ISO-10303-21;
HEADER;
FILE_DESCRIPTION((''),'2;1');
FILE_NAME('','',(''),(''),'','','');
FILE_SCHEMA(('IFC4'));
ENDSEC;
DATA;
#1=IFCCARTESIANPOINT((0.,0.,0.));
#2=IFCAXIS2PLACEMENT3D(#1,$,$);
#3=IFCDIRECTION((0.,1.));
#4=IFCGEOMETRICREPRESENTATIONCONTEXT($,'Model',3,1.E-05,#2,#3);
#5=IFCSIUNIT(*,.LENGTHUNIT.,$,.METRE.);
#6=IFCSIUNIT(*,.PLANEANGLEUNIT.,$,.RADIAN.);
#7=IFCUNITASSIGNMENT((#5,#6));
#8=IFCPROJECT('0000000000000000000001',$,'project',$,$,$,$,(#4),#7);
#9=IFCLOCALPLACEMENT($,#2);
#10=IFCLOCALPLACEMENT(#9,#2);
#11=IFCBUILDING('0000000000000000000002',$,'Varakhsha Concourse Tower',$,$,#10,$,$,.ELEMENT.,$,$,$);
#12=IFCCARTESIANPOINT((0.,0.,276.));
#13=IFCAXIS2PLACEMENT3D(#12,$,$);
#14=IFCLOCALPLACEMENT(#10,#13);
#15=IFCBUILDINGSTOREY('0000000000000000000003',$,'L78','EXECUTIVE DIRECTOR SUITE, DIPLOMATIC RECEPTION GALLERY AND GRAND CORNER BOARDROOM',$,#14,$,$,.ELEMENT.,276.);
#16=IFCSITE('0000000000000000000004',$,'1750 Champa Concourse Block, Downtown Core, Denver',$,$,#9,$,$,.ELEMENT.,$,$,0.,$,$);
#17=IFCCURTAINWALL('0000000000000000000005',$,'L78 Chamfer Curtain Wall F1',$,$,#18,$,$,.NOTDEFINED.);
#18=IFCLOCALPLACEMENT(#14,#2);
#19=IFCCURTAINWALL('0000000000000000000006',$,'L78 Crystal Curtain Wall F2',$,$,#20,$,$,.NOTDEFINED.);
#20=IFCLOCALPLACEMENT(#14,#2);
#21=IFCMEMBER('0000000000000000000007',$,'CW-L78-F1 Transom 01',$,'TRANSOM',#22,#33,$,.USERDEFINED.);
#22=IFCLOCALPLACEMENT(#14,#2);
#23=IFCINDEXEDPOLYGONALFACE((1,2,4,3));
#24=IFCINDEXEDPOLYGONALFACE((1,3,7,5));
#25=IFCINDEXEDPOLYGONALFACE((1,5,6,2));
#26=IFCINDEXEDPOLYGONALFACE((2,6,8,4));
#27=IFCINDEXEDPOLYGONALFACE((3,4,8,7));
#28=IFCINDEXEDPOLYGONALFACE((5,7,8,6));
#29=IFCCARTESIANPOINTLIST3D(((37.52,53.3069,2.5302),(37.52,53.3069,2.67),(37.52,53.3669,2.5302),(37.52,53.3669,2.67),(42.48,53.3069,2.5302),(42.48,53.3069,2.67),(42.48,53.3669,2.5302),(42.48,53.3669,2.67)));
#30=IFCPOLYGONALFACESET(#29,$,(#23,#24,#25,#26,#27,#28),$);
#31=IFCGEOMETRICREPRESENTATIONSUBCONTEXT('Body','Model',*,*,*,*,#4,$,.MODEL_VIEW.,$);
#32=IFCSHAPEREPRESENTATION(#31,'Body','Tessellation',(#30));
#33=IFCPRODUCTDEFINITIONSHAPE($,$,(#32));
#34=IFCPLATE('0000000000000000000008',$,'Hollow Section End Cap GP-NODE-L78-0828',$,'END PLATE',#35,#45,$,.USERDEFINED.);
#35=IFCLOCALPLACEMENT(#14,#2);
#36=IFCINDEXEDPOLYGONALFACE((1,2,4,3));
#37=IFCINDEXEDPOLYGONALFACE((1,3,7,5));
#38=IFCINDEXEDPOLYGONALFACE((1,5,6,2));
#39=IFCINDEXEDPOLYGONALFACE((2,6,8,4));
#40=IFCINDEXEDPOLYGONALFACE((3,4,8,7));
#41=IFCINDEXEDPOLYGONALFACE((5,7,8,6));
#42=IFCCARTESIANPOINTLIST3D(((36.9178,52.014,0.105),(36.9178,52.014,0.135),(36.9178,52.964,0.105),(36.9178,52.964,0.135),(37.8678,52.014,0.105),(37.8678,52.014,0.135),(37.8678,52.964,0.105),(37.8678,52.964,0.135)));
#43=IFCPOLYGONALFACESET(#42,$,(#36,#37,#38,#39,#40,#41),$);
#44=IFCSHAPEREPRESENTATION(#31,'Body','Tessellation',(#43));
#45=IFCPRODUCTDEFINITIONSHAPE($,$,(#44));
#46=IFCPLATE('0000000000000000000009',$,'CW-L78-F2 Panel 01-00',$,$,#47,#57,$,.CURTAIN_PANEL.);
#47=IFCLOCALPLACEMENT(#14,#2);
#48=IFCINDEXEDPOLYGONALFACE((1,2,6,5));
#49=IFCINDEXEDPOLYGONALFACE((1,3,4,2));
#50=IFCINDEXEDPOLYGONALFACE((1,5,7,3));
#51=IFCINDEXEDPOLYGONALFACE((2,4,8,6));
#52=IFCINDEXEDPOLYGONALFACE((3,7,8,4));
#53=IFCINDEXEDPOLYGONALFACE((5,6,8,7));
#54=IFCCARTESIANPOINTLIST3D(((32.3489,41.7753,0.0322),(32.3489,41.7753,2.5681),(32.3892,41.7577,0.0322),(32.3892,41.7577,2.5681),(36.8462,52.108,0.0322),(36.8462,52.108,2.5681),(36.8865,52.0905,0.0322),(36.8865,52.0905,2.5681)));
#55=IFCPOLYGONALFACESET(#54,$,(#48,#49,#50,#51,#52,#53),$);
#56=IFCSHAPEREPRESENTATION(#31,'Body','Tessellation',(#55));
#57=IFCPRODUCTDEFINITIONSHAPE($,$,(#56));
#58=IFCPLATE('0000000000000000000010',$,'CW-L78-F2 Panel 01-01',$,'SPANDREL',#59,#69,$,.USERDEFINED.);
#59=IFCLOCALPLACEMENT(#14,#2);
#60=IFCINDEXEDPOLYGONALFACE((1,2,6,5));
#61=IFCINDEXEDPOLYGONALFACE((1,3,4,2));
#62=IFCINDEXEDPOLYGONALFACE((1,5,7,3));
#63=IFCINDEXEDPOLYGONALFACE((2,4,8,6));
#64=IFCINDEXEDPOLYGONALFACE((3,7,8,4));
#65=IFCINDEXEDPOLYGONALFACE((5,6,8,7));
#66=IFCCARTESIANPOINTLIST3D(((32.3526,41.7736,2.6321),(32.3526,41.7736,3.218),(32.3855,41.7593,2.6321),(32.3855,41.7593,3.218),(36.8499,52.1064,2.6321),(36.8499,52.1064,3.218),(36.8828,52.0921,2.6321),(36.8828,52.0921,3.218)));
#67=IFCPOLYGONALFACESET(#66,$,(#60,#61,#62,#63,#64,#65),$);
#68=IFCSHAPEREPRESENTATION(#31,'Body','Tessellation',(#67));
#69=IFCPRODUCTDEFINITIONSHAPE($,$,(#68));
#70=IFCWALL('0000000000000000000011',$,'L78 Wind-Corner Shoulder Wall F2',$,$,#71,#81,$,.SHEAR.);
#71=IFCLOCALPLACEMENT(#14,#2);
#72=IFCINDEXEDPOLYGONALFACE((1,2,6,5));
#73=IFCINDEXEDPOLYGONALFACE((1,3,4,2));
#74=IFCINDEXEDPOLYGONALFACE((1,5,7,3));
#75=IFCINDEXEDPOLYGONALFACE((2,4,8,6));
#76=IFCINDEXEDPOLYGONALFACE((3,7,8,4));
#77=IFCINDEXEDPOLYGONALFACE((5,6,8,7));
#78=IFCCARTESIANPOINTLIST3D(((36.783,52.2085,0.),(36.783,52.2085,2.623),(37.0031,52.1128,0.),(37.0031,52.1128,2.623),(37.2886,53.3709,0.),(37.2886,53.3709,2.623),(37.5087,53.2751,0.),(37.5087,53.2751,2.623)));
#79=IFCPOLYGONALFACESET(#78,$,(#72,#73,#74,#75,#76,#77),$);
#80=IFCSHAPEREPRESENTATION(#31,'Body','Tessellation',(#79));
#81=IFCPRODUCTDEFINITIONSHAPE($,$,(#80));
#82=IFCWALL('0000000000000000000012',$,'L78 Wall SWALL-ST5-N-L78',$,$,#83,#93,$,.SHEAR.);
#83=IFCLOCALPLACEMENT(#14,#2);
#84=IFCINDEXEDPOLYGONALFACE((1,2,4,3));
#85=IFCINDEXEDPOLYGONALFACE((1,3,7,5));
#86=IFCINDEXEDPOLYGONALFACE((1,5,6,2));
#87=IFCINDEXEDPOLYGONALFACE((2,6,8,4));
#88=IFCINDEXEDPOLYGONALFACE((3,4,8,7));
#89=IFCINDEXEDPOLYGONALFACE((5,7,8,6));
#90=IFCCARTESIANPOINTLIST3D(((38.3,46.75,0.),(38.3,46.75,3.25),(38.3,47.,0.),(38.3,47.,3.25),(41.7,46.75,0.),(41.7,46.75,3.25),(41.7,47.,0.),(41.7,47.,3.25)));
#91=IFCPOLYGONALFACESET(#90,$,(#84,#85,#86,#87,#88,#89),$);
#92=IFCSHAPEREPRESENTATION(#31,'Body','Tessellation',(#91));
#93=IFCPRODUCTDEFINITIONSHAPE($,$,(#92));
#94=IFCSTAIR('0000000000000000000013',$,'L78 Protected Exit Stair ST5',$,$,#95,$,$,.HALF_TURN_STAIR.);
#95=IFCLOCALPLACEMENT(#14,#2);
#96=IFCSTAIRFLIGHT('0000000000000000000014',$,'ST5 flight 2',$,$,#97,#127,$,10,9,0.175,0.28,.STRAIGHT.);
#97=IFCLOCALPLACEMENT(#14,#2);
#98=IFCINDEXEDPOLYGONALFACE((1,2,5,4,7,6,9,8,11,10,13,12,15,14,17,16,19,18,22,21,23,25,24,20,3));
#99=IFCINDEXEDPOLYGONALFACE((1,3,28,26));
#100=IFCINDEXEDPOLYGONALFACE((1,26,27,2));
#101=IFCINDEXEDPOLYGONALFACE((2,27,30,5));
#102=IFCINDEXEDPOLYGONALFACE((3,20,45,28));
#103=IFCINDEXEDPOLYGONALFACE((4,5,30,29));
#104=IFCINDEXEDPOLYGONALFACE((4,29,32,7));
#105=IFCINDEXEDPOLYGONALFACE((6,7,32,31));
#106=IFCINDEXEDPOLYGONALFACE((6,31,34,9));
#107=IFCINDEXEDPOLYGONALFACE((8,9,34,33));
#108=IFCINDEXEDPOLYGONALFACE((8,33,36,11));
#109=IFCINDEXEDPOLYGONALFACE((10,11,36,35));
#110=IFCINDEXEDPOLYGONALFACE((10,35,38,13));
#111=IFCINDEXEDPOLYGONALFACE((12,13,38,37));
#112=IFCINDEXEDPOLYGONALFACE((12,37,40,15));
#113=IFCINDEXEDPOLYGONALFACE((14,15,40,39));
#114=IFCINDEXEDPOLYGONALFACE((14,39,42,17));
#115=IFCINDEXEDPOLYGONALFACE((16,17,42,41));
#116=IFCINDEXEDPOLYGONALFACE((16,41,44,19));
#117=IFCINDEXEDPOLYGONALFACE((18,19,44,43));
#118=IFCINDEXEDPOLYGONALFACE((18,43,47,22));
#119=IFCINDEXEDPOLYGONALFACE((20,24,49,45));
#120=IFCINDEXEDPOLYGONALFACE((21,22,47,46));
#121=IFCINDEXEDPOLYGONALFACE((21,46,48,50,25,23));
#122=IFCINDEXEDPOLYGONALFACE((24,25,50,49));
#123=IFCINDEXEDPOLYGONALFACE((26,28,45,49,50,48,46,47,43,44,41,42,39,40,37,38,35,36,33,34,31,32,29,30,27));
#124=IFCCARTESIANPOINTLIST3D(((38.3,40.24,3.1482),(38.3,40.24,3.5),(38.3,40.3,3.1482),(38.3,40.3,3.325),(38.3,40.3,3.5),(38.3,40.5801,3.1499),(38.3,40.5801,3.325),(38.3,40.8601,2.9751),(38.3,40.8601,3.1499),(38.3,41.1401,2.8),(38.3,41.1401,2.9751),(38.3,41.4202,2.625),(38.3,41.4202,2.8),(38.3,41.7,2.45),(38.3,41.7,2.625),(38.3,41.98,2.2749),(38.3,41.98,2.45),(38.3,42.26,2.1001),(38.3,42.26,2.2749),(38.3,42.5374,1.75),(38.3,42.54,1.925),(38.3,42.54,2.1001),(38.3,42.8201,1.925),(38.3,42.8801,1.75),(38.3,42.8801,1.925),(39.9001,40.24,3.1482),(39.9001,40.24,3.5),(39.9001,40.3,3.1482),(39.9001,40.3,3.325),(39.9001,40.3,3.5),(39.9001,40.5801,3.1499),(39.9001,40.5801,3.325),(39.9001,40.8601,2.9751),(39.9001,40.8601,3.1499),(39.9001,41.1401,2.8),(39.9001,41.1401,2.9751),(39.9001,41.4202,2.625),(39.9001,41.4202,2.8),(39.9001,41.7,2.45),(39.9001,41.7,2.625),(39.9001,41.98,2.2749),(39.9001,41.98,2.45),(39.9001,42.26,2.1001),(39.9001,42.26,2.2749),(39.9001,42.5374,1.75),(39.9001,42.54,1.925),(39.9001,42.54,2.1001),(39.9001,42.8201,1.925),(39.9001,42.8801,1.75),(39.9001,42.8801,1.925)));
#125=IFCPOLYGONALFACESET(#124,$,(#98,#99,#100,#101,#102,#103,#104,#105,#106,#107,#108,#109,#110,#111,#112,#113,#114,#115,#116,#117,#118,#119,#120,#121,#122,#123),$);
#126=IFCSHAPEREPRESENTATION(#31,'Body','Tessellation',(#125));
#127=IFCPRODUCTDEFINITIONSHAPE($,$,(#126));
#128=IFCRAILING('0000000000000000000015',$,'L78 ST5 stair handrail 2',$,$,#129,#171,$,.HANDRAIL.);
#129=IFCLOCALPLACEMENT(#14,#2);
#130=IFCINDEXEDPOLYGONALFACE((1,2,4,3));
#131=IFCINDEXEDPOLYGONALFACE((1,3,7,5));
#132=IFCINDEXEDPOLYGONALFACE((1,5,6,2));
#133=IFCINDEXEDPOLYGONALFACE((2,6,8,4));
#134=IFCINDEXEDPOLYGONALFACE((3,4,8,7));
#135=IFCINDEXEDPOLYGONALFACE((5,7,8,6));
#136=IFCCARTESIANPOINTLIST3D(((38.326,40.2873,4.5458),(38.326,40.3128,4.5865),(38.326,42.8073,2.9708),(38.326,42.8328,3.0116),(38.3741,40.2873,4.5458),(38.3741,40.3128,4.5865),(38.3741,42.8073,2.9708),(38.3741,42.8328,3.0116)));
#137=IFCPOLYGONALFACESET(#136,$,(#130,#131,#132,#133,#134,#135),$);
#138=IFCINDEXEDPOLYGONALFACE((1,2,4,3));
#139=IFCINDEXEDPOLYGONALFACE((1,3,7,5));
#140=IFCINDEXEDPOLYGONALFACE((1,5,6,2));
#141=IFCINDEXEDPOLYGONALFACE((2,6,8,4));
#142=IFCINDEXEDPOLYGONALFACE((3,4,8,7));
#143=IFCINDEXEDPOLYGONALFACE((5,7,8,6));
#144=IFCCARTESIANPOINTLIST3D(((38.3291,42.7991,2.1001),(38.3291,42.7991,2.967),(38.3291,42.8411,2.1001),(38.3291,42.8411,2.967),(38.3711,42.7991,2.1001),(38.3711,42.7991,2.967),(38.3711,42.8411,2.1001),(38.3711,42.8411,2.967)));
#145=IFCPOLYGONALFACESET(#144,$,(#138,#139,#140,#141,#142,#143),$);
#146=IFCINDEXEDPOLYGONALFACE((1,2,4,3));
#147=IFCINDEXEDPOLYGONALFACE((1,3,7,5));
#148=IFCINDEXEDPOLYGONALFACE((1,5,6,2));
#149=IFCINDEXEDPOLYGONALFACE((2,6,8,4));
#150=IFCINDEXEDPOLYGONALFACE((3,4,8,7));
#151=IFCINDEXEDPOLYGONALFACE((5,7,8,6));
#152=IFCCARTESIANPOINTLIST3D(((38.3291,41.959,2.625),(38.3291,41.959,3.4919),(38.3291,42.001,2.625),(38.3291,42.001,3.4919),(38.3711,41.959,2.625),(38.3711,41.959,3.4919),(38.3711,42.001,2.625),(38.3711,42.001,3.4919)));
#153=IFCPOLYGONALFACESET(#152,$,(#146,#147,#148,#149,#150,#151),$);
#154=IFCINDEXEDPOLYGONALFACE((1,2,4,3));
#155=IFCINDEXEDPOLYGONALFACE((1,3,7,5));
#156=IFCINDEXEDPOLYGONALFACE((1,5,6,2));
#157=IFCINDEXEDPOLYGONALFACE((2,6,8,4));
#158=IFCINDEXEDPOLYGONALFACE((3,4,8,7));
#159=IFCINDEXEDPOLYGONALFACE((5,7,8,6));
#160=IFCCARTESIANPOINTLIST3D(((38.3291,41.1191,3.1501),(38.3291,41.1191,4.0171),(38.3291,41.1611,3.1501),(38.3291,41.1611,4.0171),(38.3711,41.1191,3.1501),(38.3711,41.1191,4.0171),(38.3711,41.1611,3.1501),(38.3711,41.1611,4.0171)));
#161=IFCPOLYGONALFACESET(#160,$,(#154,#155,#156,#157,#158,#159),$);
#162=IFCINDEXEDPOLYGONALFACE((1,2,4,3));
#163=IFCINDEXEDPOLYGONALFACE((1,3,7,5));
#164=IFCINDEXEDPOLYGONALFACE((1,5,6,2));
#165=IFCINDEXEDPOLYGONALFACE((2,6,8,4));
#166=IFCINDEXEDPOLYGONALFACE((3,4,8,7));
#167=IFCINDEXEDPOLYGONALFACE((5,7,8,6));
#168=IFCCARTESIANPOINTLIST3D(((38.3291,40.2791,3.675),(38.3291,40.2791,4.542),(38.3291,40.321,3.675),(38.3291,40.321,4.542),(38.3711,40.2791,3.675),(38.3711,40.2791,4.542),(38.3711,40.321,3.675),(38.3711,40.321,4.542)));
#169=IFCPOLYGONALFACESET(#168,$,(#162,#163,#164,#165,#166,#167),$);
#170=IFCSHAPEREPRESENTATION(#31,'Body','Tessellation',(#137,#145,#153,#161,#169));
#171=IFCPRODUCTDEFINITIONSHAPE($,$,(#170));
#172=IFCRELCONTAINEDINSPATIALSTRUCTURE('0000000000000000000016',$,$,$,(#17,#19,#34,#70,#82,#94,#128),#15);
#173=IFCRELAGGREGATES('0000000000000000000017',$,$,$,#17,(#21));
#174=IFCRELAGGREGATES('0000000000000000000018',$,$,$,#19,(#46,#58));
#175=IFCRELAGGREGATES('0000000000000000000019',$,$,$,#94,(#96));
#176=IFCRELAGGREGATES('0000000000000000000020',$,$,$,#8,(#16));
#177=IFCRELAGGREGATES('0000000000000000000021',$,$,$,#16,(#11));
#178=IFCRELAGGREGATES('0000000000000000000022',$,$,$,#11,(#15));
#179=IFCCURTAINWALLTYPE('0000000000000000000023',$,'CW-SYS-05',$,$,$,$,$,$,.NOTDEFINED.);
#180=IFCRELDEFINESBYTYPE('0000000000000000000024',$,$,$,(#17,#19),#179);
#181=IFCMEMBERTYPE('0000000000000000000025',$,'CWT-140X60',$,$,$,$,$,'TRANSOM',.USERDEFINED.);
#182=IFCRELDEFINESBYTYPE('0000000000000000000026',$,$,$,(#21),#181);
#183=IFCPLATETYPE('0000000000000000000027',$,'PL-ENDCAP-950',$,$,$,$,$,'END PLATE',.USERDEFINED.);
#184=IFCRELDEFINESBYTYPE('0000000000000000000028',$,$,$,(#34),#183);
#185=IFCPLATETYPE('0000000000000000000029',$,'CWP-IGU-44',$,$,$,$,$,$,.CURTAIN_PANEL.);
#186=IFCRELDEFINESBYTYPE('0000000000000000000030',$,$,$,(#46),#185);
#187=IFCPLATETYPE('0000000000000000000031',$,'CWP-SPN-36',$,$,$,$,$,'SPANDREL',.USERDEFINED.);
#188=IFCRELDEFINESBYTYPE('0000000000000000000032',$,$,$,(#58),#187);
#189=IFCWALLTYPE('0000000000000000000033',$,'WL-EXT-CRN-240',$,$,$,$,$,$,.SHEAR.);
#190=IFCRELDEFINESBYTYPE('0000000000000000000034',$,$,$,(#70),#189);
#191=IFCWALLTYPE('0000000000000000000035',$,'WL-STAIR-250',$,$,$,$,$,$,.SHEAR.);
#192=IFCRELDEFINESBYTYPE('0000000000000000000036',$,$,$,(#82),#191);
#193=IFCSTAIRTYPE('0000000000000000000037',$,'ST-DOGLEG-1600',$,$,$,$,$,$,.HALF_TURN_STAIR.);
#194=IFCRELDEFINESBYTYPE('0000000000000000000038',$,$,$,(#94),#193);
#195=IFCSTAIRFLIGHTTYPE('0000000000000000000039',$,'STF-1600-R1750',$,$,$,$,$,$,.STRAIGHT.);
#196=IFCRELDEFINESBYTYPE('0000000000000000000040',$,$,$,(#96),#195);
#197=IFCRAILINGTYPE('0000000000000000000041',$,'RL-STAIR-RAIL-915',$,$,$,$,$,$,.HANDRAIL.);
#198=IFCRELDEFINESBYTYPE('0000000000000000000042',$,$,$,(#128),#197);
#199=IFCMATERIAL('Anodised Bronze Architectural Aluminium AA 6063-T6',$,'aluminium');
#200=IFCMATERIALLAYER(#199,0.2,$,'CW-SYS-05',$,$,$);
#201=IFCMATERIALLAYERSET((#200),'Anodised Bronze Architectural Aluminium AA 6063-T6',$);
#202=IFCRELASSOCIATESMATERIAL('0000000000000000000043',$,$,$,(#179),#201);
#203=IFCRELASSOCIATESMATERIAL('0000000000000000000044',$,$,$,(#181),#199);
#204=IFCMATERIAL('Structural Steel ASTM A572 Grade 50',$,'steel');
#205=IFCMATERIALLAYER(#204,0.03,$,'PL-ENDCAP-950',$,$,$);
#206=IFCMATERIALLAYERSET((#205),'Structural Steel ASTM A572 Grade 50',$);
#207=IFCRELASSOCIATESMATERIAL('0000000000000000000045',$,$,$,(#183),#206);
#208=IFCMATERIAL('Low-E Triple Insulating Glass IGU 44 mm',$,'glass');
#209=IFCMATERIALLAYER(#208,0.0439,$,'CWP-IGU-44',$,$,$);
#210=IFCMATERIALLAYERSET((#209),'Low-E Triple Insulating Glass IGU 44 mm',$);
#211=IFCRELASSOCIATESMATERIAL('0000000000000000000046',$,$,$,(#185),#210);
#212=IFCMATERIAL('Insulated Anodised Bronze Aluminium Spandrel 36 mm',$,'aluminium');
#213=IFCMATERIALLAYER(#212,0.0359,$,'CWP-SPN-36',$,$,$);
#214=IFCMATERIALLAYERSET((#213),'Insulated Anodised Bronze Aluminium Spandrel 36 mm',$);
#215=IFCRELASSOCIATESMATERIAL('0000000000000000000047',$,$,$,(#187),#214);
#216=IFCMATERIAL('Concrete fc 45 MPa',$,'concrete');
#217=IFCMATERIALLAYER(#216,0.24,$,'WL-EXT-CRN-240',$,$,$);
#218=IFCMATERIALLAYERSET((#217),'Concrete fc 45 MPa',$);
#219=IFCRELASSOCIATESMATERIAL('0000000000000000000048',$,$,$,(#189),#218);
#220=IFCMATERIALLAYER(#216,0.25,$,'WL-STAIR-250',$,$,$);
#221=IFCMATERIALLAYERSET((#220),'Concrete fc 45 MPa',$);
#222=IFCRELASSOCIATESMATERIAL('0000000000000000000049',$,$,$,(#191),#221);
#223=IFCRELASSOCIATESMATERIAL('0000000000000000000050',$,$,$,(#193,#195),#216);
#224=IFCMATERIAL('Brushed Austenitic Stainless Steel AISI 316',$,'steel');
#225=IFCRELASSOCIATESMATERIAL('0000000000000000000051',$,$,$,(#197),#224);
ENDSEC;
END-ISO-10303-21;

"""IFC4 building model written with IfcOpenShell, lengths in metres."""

from ifc_helpers import new_model, si_unit, direction, frame, frame_2d, origin, origin_2d, place, context, subcontext, project, spatial, polyline, rectangle, outline, extrude, source, transform, mapped, material, layer, layer_set, material_profile, profile_set, type_object, type_shapes, element, aggregate, save


model = new_model("IFC4")

# Units and contexts
model_context = context("Model", 3, precision=1e-05, world=origin(), true_north=direction((0.0, 1.0)))
body_context = subcontext(model_context, "Body", "Model", "MODEL_VIEW")
ifc_project = project(units=[si_unit("LENGTHUNIT", "METRE"), si_unit("PLANEANGLEUNIT", "RADIAN")], contexts=[model_context])

# Site, building, storey
site_placement = place(None, origin())
site = spatial("IfcSite", under=ifc_project, at=site_placement, Name="1750 Champa Concourse Block, Downtown Core, Denver", CompositionType="ELEMENT", RefElevation=0.0)
building_placement = place(site_placement, origin())
building = spatial("IfcBuilding", under=site, at=building_placement, Name="Varakhsha Concourse Tower", CompositionType="ELEMENT")
storey_placement = place(building_placement, frame((0.0, 0.0, 276.0)))
storey = spatial("IfcBuildingStorey", under=building, at=storey_placement, Name="L78", Description="EXECUTIVE DIRECTOR SUITE, DIPLOMATIC RECEPTION GALLERY AND GRAND CORNER BOARDROOM", CompositionType="ELEMENT", Elevation=276.0)

# Shared definitions
ifc_material_1 = material(Name="Structural Steel ASTM A572 Grade 50", Category="steel")

# Curtain wall
ifc_material_2 = material(Name="Anodised Bronze Architectural Aluminium AA 6063-T6", Category="aluminium")
ifc_layer_1 = layer(ifc_material_2, 0.2, Name="CW-SYS-05")
ifc_layer_set_1 = layer_set([ifc_layer_1], Name="Anodised Bronze Architectural Aluminium AA 6063-T6")
curtain_wall_type = type_object("IfcCurtainWallType", Name="CW-SYS-05", PredefinedType="NOTDEFINED", material=ifc_layer_set_1)
curtain_wall_1_placement = place(storey_placement, origin())
curtain_wall_1 = element("IfcCurtainWall", 1, at=curtain_wall_1_placement, inside=storey, type_object=curtain_wall_type, Name="L78 Chamfer Curtain Wall F1", PredefinedType="NOTDEFINED")

# Curtain wall
curtain_wall_2_placement = place(storey_placement, origin())
curtain_wall_2 = element("IfcCurtainWall", 2, at=curtain_wall_2_placement, inside=storey, type_object=curtain_wall_type, Name="L78 Crystal Curtain Wall F2", PredefinedType="NOTDEFINED")

# Member
ifc_material_profile_1 = material_profile(ifc_material_2, rectangle(XDim=0.0601, YDim=0.1399, at=origin_2d()), Name="CWT-140X60")
ifc_profile_set_1 = profile_set([ifc_material_profile_1], Name="Anodised Bronze Architectural Aluminium AA 6063-T6")
member_type_1 = type_object("IfcMemberType", Name="CWT-140X60", ElementType="TRANSOM", PredefinedType="USERDEFINED", material=ifc_profile_set_1)
shared_shape_1 = source(origin(), body_context, "Body", "SweptSolid", [
    extrude(rectangle(XDim=0.0601, YDim=0.1399, at=origin_2d()), origin(), (0.0, 0.0, 1.0), 4.96),
])
type_shapes(member_type_1, [shared_shape_1])
member_1_placement = place(storey_placement, frame((37.52, 53.3369, 2.6001), z_axis=(1.0, 0.0, 0.0), x_axis=(0.0, 1.0, 0.0)))
member_1 = element("IfcMember", 3, at=member_1_placement, type_object=member_type_1, Name="CW-L78-F1 Transom 01", ObjectType="TRANSOM", PredefinedType="USERDEFINED", context=body_context, shape_type="MappedRepresentation", body=[
    mapped(shared_shape_1, transform((0.0, 0.0, 0.0), scale=1.0)),
])
aggregate(curtain_wall_1, [member_1])

# Plates
ifc_layer_2 = layer(ifc_material_1, 0.03, Name="PL-ENDCAP-950")
ifc_layer_set_2 = layer_set([ifc_layer_2], Name="Structural Steel ASTM A572 Grade 50")
plate_type_1 = type_object("IfcPlateType", Name="PL-ENDCAP-950", ElementType="END PLATE", PredefinedType="USERDEFINED", material=ifc_layer_set_2)
shared_shape_2 = source(origin(), body_context, "Body", "SweptSolid", [
    extrude(rectangle(XDim=0.95, YDim=0.95, at=origin_2d()), origin(), (0.0, 0.0, 1.0), 0.03),
])
type_shapes(plate_type_1, [shared_shape_2])
plate_1_placement = place(storey_placement, frame((37.3928, 52.489, 0.105), z_axis=(0.0, 0.0, 1.0), x_axis=(1.0, 0.0, 0.0)))
element("IfcPlate", 4, at=plate_1_placement, inside=storey, type_object=plate_type_1, Name="Hollow Section End Cap GP-NODE-L78-0828", ObjectType="END PLATE", PredefinedType="USERDEFINED", context=body_context, shape_type="MappedRepresentation", body=[
    mapped(shared_shape_2, transform((0.0, 0.0, 0.0), scale=1.0)),
])
ifc_material_3 = material(Name="Low-E Triple Insulating Glass IGU 44 mm", Category="glass")
ifc_layer_3 = layer(ifc_material_3, 0.0439, Name="CWP-IGU-44")
ifc_layer_set_3 = layer_set([ifc_layer_3], Name="Low-E Triple Insulating Glass IGU 44 mm")
plate_type_2 = type_object("IfcPlateType", Name="CWP-IGU-44", PredefinedType="CURTAIN_PANEL", material=ifc_layer_set_3)
shared_shape_3 = source(origin(), body_context, "Body", "SweptSolid", [
    extrude(rectangle(XDim=11.269, YDim=0.0439, at=origin_2d()), origin(), (0.0, 0.0, 1.0), 2.5359),
])
type_shapes(plate_type_2, [shared_shape_3])
plate_2_placement = place(storey_placement, frame((34.6177, 46.9329, 0.0322), z_axis=(0.0, 0.0, 1.0), x_axis=(0.399084, 0.916915, 0.0)))
plate_2 = element("IfcPlate", 5, at=plate_2_placement, type_object=plate_type_2, Name="CW-L78-F2 Panel 01-00", PredefinedType="CURTAIN_PANEL", context=body_context, shape_type="MappedRepresentation", body=[
    mapped(shared_shape_3, transform((0.0, 0.0, 0.0), scale=1.0)),
])
ifc_material_4 = material(Name="Insulated Anodised Bronze Aluminium Spandrel 36 mm", Category="aluminium")
ifc_layer_4 = layer(ifc_material_4, 0.0359, Name="CWP-SPN-36")
ifc_layer_set_4 = layer_set([ifc_layer_4], Name="Insulated Anodised Bronze Aluminium Spandrel 36 mm")
plate_type_3 = type_object("IfcPlateType", Name="CWP-SPN-36", ElementType="SPANDREL", PredefinedType="USERDEFINED", material=ifc_layer_set_4)
shared_shape_4 = source(origin(), body_context, "Body", "SweptSolid", [
    extrude(rectangle(XDim=11.269, YDim=0.0359, at=origin_2d()), origin(), (0.0, 0.0, 1.0), 0.5859),
])
type_shapes(plate_type_3, [shared_shape_4])
plate_3_placement = place(storey_placement, frame((34.6177, 46.9329, 2.6321), z_axis=(0.0, 0.0, 1.0), x_axis=(0.399084, 0.916915, 0.0)))
plate_3 = element("IfcPlate", 6, at=plate_3_placement, type_object=plate_type_3, Name="CW-L78-F2 Panel 01-01", ObjectType="SPANDREL", PredefinedType="USERDEFINED", context=body_context, shape_type="MappedRepresentation", body=[
    mapped(shared_shape_4, transform((0.0, 0.0, 0.0), scale=1.0)),
])
aggregate(curtain_wall_2, [plate_2, plate_3])

# Walls
ifc_material_5 = material(Name="Concrete fc 45 MPa", Category="concrete")
ifc_layer_5 = layer(ifc_material_5, 0.24, Name="WL-EXT-CRN-240")
ifc_layer_set_5 = layer_set([ifc_layer_5], Name="Concrete fc 45 MPa")
wall_type_1 = type_object("IfcWallType", Name="WL-EXT-CRN-240", PredefinedType="SHEAR", material=ifc_layer_set_5)
wall_1_placement = place(storey_placement, frame((37.3987, 53.323, 0.0), z_axis=(0.0, 0.0, 1.0), x_axis=(-0.398888, -0.917, 0.0)))
element("IfcWall", 7, at=wall_1_placement, inside=storey, type_object=wall_type_1, Name="L78 Wind-Corner Shoulder Wall F2", PredefinedType="SHEAR", context=body_context, shape_type="SweptSolid", body=[
    extrude(rectangle(XDim=1.2676, YDim=0.24, at=frame_2d((0.6338, 0.0))), origin(), (0.0, 0.0, 1.0), 2.623),
])
ifc_layer_6 = layer(ifc_material_5, 0.25, Name="WL-STAIR-250")
ifc_layer_set_6 = layer_set([ifc_layer_6], Name="Concrete fc 45 MPa")
wall_type_2 = type_object("IfcWallType", Name="WL-STAIR-250", PredefinedType="SHEAR", material=ifc_layer_set_6)
wall_2_placement = place(storey_placement, frame((38.3, 46.875, 0.0), z_axis=(0.0, 0.0, 1.0), x_axis=(1.0, 0.0, 0.0)))
element("IfcWall", 8, at=wall_2_placement, inside=storey, type_object=wall_type_2, Name="L78 Wall SWALL-ST5-N-L78", PredefinedType="SHEAR", context=body_context, shape_type="SweptSolid", body=[
    extrude(rectangle(XDim=3.3999, YDim=0.25, at=frame_2d((1.7, 0.0))), origin(), (0.0, 0.0, 1.0), 3.25),
])

# Stair, stair flight
stair_type = type_object("IfcStairType", Name="ST-DOGLEG-1600", PredefinedType="HALF_TURN_STAIR", material=ifc_material_5)
stair_placement = place(storey_placement, origin())
stair = element("IfcStair", 9, at=stair_placement, inside=storey, type_object=stair_type, Name="L78 Protected Exit Stair ST5", PredefinedType="HALF_TURN_STAIR")
stair_flight_type = type_object("IfcStairFlightType", Name="STF-1600-R1750", PredefinedType="STRAIGHT", material=ifc_material_5)
stair_flight_placement = place(storey_placement, frame((39.1001, 42.8201, 1.75), z_axis=(0.0, 0.0, 1.0), x_axis=(0.0, -1.0, 0.0)))
stair_flight = element("IfcStairFlight", 10, at=stair_flight_placement, type_object=stair_flight_type, Name="ST5 flight 2", NumberOfRisers=10, NumberOfTreads=9, PredefinedType="STRAIGHT", RiserHeight=0.175, TreadLength=0.28, context=body_context, shape_type="SweptSolid", body=[
    extrude(outline(polyline([(-0.0601, 0.0), (-0.0601, 0.175), (0.0, 0.175), (0.28, 0.175), (0.28, 0.3501), (0.5601, 0.3501), (0.5601, 0.5249), (0.8401, 0.5249), (0.8401, 0.7), (1.1201, 0.7), (1.1201, 0.875), (1.3999, 0.875), (1.3999, 1.05), (1.6799, 1.05), (1.6799, 1.2251), (1.96, 1.2251), (1.96, 1.3999), (2.24, 1.3999), (2.24, 1.575), (2.52, 1.575), (2.52, 1.75), (2.5801, 1.75), (2.5801, 1.3982), (2.52, 1.3982), (0.2827, 0.0), (-0.0601, 0.0)])), frame((0.0, 0.8, 0.0), z_axis=(0.0, -1.0, 0.0), x_axis=(1.0, 0.0, 0.0)), (0.0, 0.0, 1.0), 1.6001),
])
aggregate(stair, [stair_flight])

# Railing
ifc_material_6 = material(Name="Brushed Austenitic Stainless Steel AISI 316", Category="steel")
railing_type = type_object("IfcRailingType", Name="RL-STAIR-RAIL-915", PredefinedType="HANDRAIL", material=ifc_material_6)
railing_placement = place(storey_placement, frame((38.3501, 42.8201, 2.1001)))
element("IfcRailing", 11, at=railing_placement, inside=storey, type_object=railing_type, Name="L78 ST5 stair handrail 2", PredefinedType="HANDRAIL", context=body_context, shape_type="SweptSolid", body=[
    extrude(rectangle(XDim=0.0481, YDim=0.0481, at=origin_2d()), frame((0.0, 0.0, 0.8911), z_axis=(0.0, -0.848008, 0.529984), x_axis=(1.0, 0.0, 0.0)), (0.0, 0.0, 1.0), 2.9717),
    extrude(rectangle(XDim=0.042, YDim=0.042, at=origin_2d()), origin(), (0.0, 0.0, 1.0), 0.8669),
    extrude(rectangle(XDim=0.042, YDim=0.042, at=origin_2d()), frame((0.0, -0.8401, 0.5249)), (0.0, 0.0, 1.0), 0.8669),
    extrude(rectangle(XDim=0.042, YDim=0.042, at=origin_2d()), frame((0.0, -1.6799, 1.05)), (0.0, 0.0, 1.0), 0.8669),
    extrude(rectangle(XDim=0.042, YDim=0.042, at=origin_2d()), frame((0.0, -2.52, 1.575)), (0.0, 0.0, 1.0), 0.8669),
])

save(model, "model.ifc")
